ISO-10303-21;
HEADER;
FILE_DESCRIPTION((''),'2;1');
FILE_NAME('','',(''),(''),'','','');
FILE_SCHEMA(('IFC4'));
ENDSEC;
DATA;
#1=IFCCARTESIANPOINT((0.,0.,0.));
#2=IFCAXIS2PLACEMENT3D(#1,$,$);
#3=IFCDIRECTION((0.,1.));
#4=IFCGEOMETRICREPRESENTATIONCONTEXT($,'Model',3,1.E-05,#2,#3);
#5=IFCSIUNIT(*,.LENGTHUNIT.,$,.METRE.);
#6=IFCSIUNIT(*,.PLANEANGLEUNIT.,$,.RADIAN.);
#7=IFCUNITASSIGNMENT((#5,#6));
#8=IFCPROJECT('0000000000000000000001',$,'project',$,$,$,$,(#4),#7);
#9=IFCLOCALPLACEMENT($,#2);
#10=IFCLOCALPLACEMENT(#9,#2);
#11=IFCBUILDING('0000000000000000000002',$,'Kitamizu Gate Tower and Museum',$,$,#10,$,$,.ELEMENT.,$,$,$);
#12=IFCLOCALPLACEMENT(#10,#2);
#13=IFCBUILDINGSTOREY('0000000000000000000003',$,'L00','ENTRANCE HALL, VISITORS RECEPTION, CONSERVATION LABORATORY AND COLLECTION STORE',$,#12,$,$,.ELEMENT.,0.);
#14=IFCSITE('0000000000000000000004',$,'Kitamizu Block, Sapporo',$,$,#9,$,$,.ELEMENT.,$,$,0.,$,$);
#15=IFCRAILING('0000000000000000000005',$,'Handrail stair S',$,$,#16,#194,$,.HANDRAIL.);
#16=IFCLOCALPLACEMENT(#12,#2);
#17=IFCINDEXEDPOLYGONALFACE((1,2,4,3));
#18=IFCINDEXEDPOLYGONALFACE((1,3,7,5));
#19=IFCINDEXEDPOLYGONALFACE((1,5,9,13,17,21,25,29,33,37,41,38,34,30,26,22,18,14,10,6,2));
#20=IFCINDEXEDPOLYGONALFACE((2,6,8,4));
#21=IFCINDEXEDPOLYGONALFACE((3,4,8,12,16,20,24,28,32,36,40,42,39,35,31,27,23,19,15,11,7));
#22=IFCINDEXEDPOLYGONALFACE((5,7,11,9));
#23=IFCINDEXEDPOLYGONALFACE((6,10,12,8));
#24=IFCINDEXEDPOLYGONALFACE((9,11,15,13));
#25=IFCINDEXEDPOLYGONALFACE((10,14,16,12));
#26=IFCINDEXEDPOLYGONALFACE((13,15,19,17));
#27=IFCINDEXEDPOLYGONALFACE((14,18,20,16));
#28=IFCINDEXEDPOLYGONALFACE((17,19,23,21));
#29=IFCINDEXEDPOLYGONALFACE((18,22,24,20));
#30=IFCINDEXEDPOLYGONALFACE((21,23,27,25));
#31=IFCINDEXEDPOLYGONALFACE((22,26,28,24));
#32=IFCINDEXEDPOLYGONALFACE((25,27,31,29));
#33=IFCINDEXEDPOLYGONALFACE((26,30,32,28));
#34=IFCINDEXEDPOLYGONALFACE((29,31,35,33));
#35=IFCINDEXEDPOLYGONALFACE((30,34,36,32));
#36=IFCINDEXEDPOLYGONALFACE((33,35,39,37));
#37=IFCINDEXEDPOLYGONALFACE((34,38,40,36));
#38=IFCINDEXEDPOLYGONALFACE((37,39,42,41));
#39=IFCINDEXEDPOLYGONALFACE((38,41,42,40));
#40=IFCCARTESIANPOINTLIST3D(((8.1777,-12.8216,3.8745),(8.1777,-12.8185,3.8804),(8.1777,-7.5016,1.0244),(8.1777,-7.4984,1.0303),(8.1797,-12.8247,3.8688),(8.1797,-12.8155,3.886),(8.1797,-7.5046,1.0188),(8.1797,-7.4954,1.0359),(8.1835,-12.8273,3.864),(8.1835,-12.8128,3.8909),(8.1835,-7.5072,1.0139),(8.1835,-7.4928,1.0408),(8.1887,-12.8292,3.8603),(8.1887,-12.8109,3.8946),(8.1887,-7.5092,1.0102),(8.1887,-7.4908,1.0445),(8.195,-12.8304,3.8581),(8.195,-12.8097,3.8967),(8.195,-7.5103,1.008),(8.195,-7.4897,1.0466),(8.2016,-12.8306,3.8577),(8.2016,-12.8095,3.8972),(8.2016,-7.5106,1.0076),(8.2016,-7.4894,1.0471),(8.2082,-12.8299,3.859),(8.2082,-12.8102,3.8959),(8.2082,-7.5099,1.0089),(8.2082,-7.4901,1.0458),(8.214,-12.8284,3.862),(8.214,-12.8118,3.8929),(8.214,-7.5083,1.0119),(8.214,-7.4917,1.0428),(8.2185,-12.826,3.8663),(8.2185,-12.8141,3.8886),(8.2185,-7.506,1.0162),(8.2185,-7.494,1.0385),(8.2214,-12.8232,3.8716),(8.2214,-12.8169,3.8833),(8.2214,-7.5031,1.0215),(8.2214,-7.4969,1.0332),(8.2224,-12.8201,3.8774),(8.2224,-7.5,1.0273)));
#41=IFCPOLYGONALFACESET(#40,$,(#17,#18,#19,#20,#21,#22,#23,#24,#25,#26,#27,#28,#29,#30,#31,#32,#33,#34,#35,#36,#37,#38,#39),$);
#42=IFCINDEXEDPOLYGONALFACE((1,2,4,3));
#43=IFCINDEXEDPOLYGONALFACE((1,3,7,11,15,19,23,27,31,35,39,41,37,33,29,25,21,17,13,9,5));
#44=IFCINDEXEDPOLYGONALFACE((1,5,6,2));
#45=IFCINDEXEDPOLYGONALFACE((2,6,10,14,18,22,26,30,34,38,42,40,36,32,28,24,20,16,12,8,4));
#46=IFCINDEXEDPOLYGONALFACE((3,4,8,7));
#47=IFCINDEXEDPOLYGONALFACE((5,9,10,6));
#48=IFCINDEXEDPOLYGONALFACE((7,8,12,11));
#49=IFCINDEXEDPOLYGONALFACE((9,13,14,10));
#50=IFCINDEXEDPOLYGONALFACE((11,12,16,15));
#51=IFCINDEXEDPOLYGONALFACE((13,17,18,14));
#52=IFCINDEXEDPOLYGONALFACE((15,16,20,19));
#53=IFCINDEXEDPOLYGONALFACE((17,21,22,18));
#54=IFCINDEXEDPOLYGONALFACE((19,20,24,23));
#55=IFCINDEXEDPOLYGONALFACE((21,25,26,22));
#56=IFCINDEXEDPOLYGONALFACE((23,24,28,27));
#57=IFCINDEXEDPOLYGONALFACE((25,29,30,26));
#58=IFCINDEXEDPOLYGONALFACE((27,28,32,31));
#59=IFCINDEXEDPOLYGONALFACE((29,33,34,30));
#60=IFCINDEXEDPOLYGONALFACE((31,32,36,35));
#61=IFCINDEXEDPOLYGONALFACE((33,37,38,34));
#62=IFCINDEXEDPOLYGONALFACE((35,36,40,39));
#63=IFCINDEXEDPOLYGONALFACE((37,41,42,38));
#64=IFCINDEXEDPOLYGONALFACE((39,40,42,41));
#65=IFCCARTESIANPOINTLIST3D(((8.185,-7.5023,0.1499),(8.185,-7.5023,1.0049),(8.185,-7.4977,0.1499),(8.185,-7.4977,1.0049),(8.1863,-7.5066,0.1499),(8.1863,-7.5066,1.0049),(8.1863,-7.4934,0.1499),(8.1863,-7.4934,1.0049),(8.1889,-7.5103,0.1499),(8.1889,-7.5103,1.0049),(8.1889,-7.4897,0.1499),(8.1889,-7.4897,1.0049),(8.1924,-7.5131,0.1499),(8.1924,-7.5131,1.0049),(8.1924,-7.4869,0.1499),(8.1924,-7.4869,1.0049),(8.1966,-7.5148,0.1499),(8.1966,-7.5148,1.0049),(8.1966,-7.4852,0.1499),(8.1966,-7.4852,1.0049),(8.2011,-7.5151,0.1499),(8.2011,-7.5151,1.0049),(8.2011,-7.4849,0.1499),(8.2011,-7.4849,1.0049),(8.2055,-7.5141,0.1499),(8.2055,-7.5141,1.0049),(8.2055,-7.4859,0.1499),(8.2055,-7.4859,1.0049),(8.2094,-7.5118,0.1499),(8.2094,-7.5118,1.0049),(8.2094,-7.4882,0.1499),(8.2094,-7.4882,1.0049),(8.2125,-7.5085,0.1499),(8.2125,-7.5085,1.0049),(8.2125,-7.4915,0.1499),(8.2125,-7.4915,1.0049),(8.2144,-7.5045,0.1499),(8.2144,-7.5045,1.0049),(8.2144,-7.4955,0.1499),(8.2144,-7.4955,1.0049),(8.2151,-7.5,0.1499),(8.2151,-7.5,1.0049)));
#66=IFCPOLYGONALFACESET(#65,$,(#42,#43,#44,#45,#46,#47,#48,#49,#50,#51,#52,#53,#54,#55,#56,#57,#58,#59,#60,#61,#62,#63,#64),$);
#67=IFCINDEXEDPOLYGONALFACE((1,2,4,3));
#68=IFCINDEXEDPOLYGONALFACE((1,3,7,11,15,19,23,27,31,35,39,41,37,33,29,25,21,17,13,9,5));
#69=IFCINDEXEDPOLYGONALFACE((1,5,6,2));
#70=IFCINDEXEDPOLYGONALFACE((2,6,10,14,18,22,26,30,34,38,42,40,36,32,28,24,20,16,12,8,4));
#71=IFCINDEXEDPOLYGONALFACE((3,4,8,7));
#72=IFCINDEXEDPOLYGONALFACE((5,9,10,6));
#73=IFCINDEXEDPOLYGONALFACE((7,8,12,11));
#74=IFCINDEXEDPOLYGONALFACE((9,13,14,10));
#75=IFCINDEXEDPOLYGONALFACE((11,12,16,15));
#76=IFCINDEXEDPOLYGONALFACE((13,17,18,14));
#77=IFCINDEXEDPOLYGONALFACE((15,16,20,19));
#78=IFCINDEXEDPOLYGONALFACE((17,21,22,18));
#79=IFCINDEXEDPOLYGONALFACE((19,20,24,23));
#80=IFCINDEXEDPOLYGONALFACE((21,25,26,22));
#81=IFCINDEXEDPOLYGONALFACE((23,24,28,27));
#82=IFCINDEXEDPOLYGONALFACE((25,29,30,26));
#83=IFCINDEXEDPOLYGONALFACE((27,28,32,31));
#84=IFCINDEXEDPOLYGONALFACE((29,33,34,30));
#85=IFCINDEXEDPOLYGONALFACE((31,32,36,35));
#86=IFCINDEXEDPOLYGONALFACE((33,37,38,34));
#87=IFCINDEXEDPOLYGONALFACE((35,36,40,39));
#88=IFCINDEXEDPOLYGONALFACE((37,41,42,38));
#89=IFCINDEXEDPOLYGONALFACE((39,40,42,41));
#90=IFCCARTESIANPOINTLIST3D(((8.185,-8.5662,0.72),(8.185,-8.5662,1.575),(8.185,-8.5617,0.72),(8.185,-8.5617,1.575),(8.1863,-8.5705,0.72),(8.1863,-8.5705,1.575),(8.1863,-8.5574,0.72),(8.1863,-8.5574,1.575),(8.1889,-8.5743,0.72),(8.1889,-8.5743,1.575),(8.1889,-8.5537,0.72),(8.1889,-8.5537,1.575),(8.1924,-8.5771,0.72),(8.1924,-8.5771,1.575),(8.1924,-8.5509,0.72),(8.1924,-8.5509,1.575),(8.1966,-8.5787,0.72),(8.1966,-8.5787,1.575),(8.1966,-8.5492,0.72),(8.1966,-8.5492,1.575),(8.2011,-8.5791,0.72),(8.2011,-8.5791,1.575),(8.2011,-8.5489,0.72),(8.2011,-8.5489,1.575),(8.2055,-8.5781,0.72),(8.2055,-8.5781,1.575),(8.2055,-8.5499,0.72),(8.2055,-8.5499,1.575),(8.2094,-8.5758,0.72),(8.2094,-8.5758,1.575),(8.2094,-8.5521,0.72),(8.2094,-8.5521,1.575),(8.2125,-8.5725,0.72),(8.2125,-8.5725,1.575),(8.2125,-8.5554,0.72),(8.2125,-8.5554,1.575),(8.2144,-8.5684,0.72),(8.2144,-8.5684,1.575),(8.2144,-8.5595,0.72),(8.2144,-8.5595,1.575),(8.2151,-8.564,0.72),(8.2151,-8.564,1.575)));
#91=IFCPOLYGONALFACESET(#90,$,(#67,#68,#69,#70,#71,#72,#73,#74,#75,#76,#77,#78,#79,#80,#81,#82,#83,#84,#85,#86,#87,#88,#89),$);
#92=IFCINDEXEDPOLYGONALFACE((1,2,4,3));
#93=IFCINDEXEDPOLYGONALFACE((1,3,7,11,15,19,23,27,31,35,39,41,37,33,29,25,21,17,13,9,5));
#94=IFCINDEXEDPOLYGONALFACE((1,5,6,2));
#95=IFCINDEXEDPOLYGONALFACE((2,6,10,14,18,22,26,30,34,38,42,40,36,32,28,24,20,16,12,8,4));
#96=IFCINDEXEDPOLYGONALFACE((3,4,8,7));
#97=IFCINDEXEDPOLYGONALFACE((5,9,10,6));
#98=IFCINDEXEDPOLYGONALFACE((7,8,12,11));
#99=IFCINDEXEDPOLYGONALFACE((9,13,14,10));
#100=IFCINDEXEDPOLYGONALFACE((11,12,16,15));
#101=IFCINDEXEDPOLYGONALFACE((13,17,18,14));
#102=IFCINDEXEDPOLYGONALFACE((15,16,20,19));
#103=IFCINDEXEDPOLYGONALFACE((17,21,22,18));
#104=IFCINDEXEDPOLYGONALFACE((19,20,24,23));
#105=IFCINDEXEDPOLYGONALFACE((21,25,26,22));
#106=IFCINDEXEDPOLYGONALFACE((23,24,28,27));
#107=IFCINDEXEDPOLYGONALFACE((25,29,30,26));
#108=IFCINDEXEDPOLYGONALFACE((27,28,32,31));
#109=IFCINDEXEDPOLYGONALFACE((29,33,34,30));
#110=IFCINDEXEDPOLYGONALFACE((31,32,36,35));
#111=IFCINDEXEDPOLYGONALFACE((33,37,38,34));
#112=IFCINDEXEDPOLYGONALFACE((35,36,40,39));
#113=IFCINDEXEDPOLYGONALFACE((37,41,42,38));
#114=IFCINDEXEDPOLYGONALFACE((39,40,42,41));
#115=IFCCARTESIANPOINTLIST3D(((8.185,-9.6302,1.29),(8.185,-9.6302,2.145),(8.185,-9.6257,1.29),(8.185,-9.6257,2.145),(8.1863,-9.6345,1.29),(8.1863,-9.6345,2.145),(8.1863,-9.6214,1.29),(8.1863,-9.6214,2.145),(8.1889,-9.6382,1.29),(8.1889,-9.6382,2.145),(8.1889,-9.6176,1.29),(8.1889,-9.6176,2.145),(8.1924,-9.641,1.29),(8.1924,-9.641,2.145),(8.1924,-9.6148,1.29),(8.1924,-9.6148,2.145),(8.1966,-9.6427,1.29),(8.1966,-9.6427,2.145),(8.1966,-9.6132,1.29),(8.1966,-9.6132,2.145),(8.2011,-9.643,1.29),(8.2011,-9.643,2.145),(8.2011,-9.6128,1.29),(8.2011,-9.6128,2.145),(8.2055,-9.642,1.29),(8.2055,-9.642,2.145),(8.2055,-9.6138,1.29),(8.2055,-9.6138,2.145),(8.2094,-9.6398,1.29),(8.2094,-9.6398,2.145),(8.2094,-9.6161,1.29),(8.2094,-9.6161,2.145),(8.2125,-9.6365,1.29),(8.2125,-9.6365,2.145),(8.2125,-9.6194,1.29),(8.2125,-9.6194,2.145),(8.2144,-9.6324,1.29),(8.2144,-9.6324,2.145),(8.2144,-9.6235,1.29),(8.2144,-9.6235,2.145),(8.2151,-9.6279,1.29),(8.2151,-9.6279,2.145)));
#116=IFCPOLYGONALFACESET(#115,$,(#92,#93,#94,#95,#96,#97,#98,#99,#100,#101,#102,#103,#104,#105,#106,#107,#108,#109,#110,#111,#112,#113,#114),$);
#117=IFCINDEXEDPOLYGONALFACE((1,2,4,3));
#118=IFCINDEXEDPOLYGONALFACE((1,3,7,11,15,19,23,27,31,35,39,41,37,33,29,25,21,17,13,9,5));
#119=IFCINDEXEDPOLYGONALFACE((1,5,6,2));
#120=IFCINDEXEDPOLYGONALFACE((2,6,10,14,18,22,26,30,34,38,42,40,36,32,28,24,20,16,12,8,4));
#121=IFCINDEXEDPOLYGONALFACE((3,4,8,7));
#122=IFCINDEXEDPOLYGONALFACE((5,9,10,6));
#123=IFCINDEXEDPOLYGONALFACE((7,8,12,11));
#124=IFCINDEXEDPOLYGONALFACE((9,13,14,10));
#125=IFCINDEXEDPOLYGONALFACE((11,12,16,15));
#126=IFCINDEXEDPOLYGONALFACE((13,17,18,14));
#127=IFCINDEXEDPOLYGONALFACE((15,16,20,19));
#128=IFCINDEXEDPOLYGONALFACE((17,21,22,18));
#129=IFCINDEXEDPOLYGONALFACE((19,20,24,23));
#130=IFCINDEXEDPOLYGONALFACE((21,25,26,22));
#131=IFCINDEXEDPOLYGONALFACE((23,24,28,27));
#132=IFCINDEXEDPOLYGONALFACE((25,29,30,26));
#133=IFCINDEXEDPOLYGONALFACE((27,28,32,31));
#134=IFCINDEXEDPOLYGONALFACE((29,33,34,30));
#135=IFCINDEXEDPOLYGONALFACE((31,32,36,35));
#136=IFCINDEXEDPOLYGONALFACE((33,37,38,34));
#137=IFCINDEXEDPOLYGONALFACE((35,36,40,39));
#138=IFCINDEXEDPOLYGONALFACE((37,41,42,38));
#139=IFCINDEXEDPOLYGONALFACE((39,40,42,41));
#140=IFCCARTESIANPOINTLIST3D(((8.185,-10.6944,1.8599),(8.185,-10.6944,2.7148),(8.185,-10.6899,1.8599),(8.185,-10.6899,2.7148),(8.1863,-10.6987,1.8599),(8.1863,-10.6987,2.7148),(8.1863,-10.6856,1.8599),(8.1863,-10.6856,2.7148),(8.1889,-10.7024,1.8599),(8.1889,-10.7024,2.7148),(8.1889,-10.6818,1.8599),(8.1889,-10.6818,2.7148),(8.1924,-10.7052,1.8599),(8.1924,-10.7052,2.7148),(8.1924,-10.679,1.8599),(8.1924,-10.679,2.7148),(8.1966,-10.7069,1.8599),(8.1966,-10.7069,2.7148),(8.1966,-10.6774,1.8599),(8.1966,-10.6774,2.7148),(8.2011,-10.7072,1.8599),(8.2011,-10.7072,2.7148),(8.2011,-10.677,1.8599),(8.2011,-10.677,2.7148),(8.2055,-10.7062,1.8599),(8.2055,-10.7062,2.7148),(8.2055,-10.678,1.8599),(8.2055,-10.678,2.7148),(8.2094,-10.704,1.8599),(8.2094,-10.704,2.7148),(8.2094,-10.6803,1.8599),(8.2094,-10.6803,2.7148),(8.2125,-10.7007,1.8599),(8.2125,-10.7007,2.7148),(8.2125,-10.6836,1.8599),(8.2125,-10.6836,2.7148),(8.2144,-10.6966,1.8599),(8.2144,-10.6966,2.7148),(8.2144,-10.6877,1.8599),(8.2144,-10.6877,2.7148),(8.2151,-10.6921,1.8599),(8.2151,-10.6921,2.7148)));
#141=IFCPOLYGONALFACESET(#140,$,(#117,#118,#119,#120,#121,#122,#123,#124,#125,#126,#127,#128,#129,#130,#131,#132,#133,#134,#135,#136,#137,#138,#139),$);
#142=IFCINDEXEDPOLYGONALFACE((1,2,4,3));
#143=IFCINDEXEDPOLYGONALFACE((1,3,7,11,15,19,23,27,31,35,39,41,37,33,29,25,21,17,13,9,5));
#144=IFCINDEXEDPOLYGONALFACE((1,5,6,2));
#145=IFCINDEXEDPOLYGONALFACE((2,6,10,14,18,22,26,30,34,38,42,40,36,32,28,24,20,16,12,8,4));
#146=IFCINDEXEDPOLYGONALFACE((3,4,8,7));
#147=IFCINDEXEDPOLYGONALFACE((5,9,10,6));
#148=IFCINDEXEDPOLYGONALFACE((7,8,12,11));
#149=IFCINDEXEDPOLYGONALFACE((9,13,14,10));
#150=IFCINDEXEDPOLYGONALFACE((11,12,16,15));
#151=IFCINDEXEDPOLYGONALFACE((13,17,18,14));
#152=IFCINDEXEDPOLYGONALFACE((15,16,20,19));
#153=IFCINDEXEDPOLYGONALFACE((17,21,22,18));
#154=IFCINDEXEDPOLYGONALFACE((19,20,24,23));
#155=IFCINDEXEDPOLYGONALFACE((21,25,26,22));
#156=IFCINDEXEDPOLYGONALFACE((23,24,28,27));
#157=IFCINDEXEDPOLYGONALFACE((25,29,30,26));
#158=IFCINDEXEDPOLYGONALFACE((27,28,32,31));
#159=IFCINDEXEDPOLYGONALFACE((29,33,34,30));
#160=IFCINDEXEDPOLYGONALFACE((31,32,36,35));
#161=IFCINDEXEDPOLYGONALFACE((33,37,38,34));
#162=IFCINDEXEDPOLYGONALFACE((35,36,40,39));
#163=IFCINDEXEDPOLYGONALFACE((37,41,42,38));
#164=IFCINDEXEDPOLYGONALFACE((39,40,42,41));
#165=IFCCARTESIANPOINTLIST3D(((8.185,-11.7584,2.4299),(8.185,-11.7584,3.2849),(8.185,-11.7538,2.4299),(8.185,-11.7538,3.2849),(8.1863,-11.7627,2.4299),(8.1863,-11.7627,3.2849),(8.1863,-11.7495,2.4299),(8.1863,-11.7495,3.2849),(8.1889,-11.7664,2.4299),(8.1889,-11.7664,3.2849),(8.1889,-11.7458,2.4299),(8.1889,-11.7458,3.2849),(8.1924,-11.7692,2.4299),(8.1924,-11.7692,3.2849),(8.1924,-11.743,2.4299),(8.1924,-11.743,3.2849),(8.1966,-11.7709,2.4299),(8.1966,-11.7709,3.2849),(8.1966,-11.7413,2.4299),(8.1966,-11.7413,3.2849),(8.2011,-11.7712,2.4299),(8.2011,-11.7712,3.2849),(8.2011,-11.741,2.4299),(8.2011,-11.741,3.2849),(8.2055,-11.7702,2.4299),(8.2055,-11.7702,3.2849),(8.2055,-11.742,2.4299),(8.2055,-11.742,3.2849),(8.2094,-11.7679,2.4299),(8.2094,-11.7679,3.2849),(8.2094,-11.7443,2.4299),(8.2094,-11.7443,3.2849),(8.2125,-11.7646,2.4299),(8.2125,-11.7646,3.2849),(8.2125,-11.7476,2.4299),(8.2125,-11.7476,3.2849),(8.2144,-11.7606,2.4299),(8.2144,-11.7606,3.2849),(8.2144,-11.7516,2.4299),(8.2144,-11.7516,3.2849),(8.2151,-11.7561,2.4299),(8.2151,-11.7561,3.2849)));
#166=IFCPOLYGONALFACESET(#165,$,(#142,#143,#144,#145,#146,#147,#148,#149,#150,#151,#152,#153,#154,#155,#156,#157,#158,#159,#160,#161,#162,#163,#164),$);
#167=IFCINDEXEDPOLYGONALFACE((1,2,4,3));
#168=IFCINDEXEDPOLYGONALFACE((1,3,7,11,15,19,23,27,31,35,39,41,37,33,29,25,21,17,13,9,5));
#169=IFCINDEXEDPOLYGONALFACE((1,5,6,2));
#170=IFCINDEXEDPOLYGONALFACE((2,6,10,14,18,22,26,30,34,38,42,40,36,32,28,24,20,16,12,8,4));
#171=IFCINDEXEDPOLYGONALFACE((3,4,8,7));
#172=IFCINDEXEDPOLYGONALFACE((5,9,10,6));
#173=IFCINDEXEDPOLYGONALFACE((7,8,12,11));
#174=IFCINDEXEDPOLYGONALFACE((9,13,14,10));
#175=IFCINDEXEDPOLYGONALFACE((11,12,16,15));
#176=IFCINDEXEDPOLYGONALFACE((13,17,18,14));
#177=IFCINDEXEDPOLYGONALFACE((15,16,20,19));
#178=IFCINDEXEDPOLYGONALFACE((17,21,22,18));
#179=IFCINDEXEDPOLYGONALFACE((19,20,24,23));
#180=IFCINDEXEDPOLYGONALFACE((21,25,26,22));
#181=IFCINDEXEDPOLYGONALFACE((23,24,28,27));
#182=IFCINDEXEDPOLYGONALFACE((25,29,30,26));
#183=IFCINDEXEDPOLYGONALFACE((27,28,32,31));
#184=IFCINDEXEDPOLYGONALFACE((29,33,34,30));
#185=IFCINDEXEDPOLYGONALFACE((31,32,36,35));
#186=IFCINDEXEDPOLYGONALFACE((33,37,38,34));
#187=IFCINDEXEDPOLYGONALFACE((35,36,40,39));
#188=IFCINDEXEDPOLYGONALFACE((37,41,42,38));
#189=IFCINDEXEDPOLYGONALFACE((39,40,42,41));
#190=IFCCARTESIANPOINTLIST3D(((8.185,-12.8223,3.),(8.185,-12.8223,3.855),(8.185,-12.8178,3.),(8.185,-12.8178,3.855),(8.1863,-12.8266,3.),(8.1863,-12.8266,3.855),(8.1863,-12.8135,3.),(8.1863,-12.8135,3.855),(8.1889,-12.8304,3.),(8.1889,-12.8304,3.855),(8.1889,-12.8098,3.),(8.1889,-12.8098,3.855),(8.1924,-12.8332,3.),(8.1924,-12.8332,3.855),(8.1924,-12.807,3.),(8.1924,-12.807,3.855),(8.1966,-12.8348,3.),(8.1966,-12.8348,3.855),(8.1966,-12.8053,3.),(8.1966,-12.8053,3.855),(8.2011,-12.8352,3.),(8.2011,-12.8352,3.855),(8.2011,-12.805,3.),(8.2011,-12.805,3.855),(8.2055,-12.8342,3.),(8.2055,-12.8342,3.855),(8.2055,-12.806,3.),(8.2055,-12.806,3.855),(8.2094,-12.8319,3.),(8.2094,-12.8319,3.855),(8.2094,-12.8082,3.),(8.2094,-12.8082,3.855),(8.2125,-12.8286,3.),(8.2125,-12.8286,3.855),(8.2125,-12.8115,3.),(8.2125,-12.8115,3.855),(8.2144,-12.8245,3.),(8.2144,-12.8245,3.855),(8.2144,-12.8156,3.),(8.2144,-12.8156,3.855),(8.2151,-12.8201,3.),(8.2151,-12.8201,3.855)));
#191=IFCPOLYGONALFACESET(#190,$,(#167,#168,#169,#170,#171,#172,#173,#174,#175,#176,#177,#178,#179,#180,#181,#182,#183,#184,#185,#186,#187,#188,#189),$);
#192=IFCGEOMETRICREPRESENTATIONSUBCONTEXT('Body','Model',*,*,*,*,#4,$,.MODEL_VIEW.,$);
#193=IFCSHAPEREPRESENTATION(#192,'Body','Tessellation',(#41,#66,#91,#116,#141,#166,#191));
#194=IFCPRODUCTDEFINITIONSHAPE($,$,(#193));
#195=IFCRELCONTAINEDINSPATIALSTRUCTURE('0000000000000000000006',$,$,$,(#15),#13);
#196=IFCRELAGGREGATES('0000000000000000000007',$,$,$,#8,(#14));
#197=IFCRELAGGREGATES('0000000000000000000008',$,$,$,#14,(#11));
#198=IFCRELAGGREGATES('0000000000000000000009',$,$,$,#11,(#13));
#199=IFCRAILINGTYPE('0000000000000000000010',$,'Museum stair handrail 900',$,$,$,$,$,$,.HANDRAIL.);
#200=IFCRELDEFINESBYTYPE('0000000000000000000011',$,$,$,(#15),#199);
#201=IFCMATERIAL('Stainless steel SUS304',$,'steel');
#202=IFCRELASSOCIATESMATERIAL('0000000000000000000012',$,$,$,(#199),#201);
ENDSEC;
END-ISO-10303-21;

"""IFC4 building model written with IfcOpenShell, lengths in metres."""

from ifc_helpers import new_model, si_unit, direction, frame, origin, origin_2d, place, context, subcontext, project, spatial, circle, extrude, material, type_object, element, save


model = new_model("IFC4")

# Units and contexts
model_context = context("Model", 3, precision=1e-05, world=origin(), true_north=direction((0.0, 1.0)))
body_context = subcontext(model_context, "Body", "Model", "MODEL_VIEW")
ifc_project = project(units=[si_unit("LENGTHUNIT", "METRE"), si_unit("PLANEANGLEUNIT", "RADIAN")], contexts=[model_context])

# Site, building, storey
site_placement = place(None, origin())
site = spatial("IfcSite", under=ifc_project, at=site_placement, Name="Kitamizu Block, Sapporo", CompositionType="ELEMENT", RefElevation=0.0)
building_placement = place(site_placement, origin())
building = spatial("IfcBuilding", under=site, at=building_placement, Name="Kitamizu Gate Tower and Museum", CompositionType="ELEMENT")
storey_placement = place(building_placement, origin())
storey = spatial("IfcBuildingStorey", under=building, at=storey_placement, Name="L00", Description="ENTRANCE HALL, VISITORS RECEPTION, CONSERVATION LABORATORY AND COLLECTION STORE", CompositionType="ELEMENT", Elevation=0.0)

# Railing
ifc_material_1 = material(Name="Stainless steel SUS304", Category="steel")
railing_type = type_object("IfcRailingType", Name="Museum stair handrail 900", PredefinedType="HANDRAIL", material=ifc_material_1)
for number, where, name in (
    (1, (8.2, -7.5, 0.1499), "Handrail stair S"),
):
    element("IfcRailing", number, at=place(storey_placement, frame(where)), inside=storey, type_object=railing_type, Name=name, PredefinedType="HANDRAIL", context=body_context, shape_type="SweptSolid", body=[
        extrude(circle(Radius=0.0225, at=origin_2d()), frame((0.0, 0.0, 0.8774), z_axis=(0.0, -0.881476, 0.472229), x_axis=(1.0, 0.0, 0.0)), (0.0, 0.0, 1.0), 6.0354),
        extrude(circle(Radius=0.0151, at=origin_2d()), origin(), (0.0, 0.0, 1.0), 0.855),
        extrude(circle(Radius=0.0151, at=origin_2d()), frame((0.0, -1.064, 0.5701)), (0.0, 0.0, 1.0), 0.855),
        extrude(circle(Radius=0.0151, at=origin_2d()), frame((0.0, -2.1279, 1.1401)), (0.0, 0.0, 1.0), 0.855),
        extrude(circle(Radius=0.0151, at=origin_2d()), frame((0.0, -3.1921, 1.71)), (0.0, 0.0, 1.0), 0.855),
        extrude(circle(Radius=0.0151, at=origin_2d()), frame((0.0, -4.2561, 2.28)), (0.0, 0.0, 1.0), 0.855),
        extrude(circle(Radius=0.0151, at=origin_2d()), frame((0.0, -5.3201, 2.8501)), (0.0, 0.0, 1.0), 0.855),
    ])

save(model, "model.ifc")
